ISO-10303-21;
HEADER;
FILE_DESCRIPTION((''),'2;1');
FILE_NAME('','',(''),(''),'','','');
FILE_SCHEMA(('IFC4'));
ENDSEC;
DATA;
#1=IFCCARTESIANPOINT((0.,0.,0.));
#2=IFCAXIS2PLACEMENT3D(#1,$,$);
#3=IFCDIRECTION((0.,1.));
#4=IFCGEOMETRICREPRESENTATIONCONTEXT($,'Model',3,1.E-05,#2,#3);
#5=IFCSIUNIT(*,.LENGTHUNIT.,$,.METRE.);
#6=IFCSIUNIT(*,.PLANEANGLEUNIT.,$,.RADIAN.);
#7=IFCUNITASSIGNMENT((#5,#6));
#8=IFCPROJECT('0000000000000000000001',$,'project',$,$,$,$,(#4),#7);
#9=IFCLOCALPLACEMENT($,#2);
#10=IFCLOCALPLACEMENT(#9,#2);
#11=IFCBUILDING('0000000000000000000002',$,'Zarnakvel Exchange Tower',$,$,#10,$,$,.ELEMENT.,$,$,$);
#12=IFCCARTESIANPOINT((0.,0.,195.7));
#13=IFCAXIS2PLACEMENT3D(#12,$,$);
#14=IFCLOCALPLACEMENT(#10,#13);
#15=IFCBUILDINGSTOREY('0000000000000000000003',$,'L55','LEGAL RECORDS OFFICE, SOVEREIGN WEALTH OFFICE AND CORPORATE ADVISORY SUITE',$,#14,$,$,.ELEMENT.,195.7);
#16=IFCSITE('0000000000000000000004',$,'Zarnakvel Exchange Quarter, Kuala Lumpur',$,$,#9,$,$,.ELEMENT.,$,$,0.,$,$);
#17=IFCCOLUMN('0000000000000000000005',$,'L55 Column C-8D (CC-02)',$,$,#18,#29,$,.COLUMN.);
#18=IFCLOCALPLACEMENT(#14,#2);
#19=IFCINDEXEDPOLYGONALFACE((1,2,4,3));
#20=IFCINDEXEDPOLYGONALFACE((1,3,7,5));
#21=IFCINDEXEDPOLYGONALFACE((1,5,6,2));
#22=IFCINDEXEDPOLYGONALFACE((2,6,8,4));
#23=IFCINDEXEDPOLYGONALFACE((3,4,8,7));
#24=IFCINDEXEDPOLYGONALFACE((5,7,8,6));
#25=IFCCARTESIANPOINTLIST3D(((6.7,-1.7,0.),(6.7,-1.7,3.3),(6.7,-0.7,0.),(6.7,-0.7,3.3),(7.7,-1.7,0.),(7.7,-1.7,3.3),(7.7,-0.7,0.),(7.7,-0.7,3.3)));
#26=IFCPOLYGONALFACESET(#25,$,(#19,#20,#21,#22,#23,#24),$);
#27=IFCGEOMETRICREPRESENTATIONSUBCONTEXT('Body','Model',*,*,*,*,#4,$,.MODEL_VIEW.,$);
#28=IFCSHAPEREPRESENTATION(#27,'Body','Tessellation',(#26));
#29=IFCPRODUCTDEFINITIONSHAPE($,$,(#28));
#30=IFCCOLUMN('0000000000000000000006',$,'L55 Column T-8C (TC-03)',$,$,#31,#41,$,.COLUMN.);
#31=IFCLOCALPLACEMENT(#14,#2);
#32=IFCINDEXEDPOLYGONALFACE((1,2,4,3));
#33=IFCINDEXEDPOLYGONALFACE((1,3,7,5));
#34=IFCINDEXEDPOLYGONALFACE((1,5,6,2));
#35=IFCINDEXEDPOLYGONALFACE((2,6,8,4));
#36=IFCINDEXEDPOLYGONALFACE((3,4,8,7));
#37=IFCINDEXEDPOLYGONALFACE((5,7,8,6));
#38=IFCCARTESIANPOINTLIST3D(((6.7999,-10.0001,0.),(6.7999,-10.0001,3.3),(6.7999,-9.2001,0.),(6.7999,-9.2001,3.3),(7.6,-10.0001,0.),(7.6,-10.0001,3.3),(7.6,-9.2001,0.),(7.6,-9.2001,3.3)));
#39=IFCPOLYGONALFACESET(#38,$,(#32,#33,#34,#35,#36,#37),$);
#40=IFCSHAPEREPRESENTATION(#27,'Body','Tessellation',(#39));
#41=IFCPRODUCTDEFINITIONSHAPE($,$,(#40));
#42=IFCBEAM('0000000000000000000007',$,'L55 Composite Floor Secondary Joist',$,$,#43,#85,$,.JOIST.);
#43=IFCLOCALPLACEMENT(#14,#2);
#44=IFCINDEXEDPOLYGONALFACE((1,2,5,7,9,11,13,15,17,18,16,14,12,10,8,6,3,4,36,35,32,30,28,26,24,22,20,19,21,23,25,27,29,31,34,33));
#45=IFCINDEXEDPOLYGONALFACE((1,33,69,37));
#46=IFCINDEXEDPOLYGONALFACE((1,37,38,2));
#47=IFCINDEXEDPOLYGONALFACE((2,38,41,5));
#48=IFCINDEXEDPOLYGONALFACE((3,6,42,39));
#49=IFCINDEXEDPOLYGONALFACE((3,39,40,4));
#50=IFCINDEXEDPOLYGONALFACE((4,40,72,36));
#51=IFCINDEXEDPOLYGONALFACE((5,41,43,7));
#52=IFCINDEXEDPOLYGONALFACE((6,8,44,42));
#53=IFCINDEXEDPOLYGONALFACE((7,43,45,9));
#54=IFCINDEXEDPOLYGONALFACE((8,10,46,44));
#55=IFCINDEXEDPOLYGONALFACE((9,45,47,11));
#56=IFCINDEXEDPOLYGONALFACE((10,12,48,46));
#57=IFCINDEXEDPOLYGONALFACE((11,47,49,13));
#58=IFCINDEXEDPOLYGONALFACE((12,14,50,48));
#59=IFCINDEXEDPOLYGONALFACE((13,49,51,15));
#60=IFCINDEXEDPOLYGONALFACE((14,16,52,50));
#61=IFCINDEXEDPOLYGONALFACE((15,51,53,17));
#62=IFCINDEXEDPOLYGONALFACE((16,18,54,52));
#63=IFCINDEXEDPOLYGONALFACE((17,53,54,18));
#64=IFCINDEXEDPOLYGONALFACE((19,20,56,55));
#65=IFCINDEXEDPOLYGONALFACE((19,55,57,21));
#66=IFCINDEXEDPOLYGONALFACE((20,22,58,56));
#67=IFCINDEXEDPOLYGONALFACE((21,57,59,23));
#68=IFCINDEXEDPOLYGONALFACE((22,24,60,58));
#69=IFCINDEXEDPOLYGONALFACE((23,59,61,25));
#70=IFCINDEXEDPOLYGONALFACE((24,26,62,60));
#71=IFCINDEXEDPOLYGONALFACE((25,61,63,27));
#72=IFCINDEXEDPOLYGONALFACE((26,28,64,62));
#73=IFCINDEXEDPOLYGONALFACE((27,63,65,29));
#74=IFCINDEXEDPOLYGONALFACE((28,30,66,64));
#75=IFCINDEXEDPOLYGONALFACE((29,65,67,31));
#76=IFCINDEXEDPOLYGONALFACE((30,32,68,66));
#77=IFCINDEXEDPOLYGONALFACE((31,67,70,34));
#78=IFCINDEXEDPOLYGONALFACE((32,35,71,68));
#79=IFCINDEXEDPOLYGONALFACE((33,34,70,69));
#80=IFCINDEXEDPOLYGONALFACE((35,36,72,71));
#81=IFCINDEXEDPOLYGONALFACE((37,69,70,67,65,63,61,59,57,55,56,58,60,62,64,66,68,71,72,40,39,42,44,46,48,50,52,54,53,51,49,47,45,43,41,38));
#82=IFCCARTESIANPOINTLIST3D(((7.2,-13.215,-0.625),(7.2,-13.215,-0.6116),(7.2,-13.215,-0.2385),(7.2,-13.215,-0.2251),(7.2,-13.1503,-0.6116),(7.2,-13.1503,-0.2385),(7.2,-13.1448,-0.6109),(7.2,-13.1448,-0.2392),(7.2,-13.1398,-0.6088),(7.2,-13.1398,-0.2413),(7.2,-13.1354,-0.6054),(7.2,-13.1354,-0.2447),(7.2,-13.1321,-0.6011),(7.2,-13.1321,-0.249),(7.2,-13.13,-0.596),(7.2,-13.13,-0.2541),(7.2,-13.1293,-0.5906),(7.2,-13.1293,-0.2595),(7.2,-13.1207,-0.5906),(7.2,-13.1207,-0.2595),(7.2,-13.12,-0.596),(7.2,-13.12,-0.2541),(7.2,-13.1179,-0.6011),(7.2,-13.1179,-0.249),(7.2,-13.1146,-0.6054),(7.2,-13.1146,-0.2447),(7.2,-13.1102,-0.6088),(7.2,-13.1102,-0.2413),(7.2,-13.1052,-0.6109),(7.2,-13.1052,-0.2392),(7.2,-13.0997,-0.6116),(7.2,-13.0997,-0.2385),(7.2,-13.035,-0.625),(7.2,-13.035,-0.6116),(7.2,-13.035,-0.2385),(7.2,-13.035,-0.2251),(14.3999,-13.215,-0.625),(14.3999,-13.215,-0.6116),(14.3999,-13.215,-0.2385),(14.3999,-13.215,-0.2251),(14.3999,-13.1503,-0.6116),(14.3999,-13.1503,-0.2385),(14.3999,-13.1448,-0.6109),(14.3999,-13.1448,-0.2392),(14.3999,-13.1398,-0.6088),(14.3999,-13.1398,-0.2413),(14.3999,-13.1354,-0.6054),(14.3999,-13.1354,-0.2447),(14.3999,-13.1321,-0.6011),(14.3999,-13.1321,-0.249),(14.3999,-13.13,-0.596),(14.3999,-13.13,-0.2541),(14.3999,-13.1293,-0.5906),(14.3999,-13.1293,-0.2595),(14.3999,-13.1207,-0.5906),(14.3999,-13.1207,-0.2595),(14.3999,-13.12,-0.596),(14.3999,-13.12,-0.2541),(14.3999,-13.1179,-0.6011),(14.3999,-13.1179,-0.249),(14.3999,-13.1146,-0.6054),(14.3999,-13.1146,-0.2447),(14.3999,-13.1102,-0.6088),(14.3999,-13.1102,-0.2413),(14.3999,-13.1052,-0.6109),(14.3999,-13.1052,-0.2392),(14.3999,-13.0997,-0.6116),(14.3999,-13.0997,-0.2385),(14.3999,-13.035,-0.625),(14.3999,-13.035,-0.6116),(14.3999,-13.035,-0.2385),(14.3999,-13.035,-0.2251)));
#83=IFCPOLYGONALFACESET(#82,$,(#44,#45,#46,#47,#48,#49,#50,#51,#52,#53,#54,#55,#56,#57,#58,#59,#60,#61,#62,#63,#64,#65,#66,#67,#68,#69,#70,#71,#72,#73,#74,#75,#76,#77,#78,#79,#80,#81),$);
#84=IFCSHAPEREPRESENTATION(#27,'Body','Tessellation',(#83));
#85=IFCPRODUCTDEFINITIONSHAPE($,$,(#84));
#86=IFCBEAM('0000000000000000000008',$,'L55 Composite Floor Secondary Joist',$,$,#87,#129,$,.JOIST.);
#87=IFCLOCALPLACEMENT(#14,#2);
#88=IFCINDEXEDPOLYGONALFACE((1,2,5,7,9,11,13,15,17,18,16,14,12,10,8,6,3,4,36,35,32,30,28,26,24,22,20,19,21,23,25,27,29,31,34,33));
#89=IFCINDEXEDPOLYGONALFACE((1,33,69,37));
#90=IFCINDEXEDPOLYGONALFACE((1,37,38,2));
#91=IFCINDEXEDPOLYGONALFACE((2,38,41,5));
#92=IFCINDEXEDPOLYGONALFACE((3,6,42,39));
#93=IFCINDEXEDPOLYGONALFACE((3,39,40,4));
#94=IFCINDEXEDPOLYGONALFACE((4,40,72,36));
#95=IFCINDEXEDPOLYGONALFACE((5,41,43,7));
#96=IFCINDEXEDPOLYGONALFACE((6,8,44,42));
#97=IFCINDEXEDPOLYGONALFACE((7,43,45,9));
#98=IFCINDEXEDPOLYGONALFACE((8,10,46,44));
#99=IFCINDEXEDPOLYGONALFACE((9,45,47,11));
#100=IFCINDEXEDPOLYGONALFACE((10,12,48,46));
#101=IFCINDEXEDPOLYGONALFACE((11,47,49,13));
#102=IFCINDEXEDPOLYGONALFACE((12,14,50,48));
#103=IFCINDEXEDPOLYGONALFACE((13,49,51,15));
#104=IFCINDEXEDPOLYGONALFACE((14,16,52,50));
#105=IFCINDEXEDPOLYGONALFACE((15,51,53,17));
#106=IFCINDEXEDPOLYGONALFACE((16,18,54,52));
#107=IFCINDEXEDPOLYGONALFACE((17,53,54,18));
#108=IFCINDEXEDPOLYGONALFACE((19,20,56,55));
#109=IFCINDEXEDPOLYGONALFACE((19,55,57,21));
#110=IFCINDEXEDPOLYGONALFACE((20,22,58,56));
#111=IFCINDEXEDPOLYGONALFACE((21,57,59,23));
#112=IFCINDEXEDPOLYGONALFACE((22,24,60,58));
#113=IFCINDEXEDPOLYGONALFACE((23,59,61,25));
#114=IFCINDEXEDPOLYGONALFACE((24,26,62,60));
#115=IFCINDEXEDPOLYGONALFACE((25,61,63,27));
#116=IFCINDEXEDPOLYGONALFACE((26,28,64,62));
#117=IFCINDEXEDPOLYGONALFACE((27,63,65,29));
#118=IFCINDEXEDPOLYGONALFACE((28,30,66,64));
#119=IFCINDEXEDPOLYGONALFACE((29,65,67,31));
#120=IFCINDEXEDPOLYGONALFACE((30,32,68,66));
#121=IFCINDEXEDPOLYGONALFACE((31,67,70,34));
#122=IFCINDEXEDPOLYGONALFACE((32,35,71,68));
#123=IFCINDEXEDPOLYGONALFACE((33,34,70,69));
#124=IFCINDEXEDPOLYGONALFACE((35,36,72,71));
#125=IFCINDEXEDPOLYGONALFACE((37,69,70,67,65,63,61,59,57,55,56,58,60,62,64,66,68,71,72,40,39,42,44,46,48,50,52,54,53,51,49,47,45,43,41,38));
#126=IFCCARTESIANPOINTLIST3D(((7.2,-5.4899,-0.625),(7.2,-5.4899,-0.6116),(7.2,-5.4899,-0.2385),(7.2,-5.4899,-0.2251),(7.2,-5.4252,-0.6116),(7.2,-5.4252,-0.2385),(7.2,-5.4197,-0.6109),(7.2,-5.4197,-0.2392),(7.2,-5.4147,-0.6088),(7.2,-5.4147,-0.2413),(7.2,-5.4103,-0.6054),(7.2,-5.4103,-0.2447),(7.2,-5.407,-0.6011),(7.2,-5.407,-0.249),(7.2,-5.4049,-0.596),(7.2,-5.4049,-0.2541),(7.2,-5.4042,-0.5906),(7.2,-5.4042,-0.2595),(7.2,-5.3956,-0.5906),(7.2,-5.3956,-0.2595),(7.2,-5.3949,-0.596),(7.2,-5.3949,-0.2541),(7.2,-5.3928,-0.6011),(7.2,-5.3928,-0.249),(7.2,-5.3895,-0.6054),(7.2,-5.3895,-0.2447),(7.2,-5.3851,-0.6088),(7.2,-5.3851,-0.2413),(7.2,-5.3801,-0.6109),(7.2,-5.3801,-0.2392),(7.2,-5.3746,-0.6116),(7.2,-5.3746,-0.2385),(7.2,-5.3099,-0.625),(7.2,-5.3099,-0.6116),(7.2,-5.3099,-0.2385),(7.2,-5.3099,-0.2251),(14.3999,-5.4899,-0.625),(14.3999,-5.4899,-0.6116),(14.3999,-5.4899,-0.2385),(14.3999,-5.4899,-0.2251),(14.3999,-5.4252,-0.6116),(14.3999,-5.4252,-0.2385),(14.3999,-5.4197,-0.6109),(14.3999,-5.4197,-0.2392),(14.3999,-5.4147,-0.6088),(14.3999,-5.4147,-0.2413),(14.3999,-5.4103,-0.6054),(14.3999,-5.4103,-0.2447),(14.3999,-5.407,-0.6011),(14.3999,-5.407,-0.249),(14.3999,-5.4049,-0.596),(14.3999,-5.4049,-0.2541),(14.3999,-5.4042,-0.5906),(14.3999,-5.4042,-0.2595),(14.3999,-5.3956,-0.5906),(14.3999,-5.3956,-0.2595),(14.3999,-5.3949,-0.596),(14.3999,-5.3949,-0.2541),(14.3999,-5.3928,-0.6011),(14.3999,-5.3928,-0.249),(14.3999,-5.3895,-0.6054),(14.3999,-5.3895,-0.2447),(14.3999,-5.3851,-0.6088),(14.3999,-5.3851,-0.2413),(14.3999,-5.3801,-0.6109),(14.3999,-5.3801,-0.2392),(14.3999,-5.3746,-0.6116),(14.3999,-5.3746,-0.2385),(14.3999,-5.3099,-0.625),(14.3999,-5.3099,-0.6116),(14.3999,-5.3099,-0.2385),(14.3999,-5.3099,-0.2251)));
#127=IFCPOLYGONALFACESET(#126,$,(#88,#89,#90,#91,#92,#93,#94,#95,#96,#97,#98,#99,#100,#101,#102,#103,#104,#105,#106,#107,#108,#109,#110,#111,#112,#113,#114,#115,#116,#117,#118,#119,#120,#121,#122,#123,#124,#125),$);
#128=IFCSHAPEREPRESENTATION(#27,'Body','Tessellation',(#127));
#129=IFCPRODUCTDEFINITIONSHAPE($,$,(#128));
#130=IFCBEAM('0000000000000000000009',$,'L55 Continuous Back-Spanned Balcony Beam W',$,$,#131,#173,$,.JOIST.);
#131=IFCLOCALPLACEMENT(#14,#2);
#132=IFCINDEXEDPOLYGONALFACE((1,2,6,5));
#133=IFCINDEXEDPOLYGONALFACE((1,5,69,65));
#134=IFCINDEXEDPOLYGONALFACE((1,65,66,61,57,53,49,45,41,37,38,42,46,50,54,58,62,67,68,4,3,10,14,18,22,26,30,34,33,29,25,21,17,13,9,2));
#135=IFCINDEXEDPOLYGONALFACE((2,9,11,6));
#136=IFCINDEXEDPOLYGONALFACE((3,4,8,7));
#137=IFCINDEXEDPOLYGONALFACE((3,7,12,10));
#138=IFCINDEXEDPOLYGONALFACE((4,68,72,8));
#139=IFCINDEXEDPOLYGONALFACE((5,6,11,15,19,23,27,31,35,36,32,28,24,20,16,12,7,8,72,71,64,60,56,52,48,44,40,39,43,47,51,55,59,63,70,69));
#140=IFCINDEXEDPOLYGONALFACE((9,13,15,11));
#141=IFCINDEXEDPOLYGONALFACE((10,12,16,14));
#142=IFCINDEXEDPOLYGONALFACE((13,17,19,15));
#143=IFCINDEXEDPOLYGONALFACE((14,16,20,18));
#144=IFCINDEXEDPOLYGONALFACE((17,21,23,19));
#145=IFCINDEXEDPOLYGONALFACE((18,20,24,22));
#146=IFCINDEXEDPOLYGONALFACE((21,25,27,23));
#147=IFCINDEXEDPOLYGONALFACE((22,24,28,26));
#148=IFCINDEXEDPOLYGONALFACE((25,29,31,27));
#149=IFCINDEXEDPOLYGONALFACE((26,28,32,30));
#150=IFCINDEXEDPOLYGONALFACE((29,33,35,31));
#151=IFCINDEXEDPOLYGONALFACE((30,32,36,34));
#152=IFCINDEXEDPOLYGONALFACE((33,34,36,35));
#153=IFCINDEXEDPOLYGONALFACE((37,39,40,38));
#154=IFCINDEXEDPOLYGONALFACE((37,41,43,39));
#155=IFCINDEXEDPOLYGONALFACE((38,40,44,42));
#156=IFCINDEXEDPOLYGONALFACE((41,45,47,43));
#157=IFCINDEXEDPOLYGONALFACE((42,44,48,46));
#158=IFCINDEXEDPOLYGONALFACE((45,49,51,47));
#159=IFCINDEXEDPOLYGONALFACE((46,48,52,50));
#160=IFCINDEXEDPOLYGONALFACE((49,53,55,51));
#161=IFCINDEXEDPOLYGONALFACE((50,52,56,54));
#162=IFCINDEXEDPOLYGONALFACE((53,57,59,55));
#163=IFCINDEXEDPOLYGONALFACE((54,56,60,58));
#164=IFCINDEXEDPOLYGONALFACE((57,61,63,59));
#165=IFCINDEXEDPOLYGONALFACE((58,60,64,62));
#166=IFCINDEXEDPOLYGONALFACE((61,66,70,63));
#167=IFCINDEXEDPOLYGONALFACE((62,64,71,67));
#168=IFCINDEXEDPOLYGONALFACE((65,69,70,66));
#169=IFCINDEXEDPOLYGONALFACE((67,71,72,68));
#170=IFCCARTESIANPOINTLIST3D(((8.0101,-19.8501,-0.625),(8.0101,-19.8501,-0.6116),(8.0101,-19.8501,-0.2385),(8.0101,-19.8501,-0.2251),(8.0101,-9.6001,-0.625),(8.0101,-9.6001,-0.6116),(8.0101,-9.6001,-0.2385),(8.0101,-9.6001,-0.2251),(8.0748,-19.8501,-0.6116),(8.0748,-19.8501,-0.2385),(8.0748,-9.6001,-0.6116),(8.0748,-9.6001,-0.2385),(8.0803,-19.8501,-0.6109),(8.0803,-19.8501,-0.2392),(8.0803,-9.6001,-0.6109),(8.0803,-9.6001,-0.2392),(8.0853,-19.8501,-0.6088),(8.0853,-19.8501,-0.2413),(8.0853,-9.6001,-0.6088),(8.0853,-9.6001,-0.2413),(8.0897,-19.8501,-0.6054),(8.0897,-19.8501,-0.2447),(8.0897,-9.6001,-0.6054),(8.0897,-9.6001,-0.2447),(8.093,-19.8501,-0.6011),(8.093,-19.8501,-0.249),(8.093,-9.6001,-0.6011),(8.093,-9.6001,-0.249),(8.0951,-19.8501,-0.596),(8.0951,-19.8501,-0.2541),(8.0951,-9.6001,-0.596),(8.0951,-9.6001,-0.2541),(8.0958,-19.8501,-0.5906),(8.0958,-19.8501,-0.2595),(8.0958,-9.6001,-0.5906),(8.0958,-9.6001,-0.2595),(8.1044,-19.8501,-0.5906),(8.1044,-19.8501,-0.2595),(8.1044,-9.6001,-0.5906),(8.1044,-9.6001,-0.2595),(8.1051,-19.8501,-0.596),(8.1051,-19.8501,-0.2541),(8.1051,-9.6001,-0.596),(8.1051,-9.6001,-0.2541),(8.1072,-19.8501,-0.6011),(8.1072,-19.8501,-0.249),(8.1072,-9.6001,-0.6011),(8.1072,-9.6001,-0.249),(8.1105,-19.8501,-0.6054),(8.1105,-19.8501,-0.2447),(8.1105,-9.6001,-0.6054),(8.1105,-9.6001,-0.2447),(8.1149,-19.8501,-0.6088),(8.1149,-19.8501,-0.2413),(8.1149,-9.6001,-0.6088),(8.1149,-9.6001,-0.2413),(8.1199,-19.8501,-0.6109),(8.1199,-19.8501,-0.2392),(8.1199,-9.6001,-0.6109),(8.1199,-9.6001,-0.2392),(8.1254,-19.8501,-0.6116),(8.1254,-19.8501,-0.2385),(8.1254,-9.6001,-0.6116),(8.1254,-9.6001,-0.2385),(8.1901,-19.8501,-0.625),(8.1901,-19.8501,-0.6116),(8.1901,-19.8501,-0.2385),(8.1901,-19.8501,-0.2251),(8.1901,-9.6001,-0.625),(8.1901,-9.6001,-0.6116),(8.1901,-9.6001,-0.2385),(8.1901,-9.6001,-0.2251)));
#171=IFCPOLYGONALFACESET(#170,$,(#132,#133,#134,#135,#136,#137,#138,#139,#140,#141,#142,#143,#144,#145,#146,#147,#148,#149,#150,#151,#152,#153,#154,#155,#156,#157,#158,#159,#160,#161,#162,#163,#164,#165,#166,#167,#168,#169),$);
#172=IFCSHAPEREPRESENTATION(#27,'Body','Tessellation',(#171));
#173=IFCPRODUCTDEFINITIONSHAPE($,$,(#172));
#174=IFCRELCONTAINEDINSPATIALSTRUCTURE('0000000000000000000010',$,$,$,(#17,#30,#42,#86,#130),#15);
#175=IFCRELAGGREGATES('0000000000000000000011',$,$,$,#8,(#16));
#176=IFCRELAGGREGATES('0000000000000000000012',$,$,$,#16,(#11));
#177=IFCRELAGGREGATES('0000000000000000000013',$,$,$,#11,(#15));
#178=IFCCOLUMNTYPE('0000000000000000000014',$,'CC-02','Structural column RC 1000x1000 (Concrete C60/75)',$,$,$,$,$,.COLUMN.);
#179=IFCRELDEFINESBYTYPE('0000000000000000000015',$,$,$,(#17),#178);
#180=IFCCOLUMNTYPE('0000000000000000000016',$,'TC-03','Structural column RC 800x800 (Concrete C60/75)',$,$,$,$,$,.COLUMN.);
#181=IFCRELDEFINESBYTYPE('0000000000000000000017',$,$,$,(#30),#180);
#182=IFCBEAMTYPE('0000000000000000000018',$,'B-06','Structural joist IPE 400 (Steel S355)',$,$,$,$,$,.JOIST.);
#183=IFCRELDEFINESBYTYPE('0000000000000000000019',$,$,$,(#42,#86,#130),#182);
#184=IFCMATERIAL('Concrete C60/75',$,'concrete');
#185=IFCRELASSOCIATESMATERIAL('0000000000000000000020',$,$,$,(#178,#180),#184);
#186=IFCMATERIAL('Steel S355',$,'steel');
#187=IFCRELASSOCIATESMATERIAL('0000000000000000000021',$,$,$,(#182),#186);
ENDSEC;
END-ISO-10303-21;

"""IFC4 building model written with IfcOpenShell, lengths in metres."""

from ifc_helpers import new_model, si_unit, direction, frame, origin, origin_2d, place, context, subcontext, project, spatial, rectangle, i_section, extrude, material, material_profile, profile_set, type_object, element, save


model = new_model("IFC4")

# Units and contexts
model_context = context("Model", 3, precision=1e-05, world=origin(), true_north=direction((0.0, 1.0)))
body_context = subcontext(model_context, "Body", "Model", "MODEL_VIEW")
ifc_project = project(units=[si_unit("LENGTHUNIT", "METRE"), si_unit("PLANEANGLEUNIT", "RADIAN")], contexts=[model_context])

# Site, building, storey
site_placement = place(None, origin())
site = spatial("IfcSite", under=ifc_project, at=site_placement, Name="Zarnakvel Exchange Quarter, Kuala Lumpur", CompositionType="ELEMENT", RefElevation=0.0)
building_placement = place(site_placement, origin())
building = spatial("IfcBuilding", under=site, at=building_placement, Name="Zarnakvel Exchange Tower", CompositionType="ELEMENT")
storey_placement = place(building_placement, frame((0.0, 0.0, 195.7)))
storey = spatial("IfcBuildingStorey", under=building, at=storey_placement, Name="L55", Description="LEGAL RECORDS OFFICE, SOVEREIGN WEALTH OFFICE AND CORPORATE ADVISORY SUITE", CompositionType="ELEMENT", Elevation=195.7)

# Columns
ifc_material_1 = material(Name="Concrete C60/75", Category="concrete")
ifc_material_profile_1 = material_profile(ifc_material_1, rectangle(XDim=1.0, YDim=1.0, at=origin_2d()))
ifc_profile_set_1 = profile_set([ifc_material_profile_1], Name="Concrete C60/75")
column_type_1 = type_object("IfcColumnType", Name="CC-02", Description="Structural column RC 1000x1000 (Concrete C60/75)", PredefinedType="COLUMN", material=ifc_profile_set_1)
column_1_placement = place(storey_placement, frame((7.2, -1.2, 0.0), z_axis=(0.0, 0.0, 1.0), x_axis=(1.0, 0.0, 0.0)))
element("IfcColumn", 1, at=column_1_placement, inside=storey, type_object=column_type_1, Name="L55 Column C-8D (CC-02)", PredefinedType="COLUMN", context=body_context, shape_type="SweptSolid", body=[
    extrude(rectangle(XDim=1.0, YDim=1.0, at=origin_2d()), origin(), (0.0, 0.0, 1.0), 3.3),
])
ifc_material_profile_2 = material_profile(ifc_material_1, rectangle(XDim=0.8, YDim=0.8, at=origin_2d()))
ifc_profile_set_2 = profile_set([ifc_material_profile_2], Name="Concrete C60/75")
column_type_2 = type_object("IfcColumnType", Name="TC-03", Description="Structural column RC 800x800 (Concrete C60/75)", PredefinedType="COLUMN", material=ifc_profile_set_2)
column_2_placement = place(storey_placement, frame((7.2, -9.6001, 0.0), z_axis=(0.0, 0.0, 1.0), x_axis=(1.0, 0.0, 0.0)))
element("IfcColumn", 2, at=column_2_placement, inside=storey, type_object=column_type_2, Name="L55 Column T-8C (TC-03)", PredefinedType="COLUMN", context=body_context, shape_type="SweptSolid", body=[
    extrude(rectangle(XDim=0.8, YDim=0.8, at=origin_2d()), origin(), (0.0, 0.0, 1.0), 3.3),
])

# Beams
ifc_material_2 = material(Name="Steel S355", Category="steel")
ifc_material_profile_3 = material_profile(ifc_material_2, i_section(OverallWidth=0.1799, OverallDepth=0.3999, WebThickness=0.0085, FlangeThickness=0.0134, FilletRadius=0.021, at=origin_2d()))
ifc_profile_set_3 = profile_set([ifc_material_profile_3], Name="Steel S355")
beam_type_1 = type_object("IfcBeamType", Name="B-06", Description="Structural joist IPE 400 (Steel S355)", PredefinedType="JOIST", material=ifc_profile_set_3)
for number, where, z_axis, x_axis, name in (
    (3, (7.2, -13.125, -0.425), (1.0, 0.0, 0.0), (0.0, 1.0, 0.0), "L55 Composite Floor Secondary Joist"),
    (4, (7.2, -5.3999, -0.425), (1.0, 0.0, 0.0), (0.0, 1.0, 0.0), "L55 Composite Floor Secondary Joist"),
):
    element("IfcBeam", number, at=place(storey_placement, frame(where, z_axis=z_axis, x_axis=x_axis)), inside=storey, type_object=beam_type_1, Name=name, PredefinedType="JOIST", context=body_context, shape_type="SweptSolid", body=[
        extrude(i_section(OverallWidth=0.1799, OverallDepth=0.3999, WebThickness=0.0085, FlangeThickness=0.0134, FilletRadius=0.021, at=origin_2d()), origin(), (0.0, 0.0, 1.0), 7.2),
    ])
beam_1_placement = place(storey_placement, frame((8.1001, -9.6001, -0.425), z_axis=(0.0, -1.0, 0.0), x_axis=(1.0, 0.0, 0.0)))
element("IfcBeam", 5, at=beam_1_placement, inside=storey, type_object=beam_type_1, Name="L55 Continuous Back-Spanned Balcony Beam W", PredefinedType="JOIST", context=body_context, shape_type="SweptSolid", body=[
    extrude(i_section(OverallWidth=0.1799, OverallDepth=0.3999, WebThickness=0.0085, FlangeThickness=0.0134, FilletRadius=0.021, at=origin_2d()), origin(), (0.0, 0.0, 1.0), 10.25),
])

save(model, "model.ifc")
